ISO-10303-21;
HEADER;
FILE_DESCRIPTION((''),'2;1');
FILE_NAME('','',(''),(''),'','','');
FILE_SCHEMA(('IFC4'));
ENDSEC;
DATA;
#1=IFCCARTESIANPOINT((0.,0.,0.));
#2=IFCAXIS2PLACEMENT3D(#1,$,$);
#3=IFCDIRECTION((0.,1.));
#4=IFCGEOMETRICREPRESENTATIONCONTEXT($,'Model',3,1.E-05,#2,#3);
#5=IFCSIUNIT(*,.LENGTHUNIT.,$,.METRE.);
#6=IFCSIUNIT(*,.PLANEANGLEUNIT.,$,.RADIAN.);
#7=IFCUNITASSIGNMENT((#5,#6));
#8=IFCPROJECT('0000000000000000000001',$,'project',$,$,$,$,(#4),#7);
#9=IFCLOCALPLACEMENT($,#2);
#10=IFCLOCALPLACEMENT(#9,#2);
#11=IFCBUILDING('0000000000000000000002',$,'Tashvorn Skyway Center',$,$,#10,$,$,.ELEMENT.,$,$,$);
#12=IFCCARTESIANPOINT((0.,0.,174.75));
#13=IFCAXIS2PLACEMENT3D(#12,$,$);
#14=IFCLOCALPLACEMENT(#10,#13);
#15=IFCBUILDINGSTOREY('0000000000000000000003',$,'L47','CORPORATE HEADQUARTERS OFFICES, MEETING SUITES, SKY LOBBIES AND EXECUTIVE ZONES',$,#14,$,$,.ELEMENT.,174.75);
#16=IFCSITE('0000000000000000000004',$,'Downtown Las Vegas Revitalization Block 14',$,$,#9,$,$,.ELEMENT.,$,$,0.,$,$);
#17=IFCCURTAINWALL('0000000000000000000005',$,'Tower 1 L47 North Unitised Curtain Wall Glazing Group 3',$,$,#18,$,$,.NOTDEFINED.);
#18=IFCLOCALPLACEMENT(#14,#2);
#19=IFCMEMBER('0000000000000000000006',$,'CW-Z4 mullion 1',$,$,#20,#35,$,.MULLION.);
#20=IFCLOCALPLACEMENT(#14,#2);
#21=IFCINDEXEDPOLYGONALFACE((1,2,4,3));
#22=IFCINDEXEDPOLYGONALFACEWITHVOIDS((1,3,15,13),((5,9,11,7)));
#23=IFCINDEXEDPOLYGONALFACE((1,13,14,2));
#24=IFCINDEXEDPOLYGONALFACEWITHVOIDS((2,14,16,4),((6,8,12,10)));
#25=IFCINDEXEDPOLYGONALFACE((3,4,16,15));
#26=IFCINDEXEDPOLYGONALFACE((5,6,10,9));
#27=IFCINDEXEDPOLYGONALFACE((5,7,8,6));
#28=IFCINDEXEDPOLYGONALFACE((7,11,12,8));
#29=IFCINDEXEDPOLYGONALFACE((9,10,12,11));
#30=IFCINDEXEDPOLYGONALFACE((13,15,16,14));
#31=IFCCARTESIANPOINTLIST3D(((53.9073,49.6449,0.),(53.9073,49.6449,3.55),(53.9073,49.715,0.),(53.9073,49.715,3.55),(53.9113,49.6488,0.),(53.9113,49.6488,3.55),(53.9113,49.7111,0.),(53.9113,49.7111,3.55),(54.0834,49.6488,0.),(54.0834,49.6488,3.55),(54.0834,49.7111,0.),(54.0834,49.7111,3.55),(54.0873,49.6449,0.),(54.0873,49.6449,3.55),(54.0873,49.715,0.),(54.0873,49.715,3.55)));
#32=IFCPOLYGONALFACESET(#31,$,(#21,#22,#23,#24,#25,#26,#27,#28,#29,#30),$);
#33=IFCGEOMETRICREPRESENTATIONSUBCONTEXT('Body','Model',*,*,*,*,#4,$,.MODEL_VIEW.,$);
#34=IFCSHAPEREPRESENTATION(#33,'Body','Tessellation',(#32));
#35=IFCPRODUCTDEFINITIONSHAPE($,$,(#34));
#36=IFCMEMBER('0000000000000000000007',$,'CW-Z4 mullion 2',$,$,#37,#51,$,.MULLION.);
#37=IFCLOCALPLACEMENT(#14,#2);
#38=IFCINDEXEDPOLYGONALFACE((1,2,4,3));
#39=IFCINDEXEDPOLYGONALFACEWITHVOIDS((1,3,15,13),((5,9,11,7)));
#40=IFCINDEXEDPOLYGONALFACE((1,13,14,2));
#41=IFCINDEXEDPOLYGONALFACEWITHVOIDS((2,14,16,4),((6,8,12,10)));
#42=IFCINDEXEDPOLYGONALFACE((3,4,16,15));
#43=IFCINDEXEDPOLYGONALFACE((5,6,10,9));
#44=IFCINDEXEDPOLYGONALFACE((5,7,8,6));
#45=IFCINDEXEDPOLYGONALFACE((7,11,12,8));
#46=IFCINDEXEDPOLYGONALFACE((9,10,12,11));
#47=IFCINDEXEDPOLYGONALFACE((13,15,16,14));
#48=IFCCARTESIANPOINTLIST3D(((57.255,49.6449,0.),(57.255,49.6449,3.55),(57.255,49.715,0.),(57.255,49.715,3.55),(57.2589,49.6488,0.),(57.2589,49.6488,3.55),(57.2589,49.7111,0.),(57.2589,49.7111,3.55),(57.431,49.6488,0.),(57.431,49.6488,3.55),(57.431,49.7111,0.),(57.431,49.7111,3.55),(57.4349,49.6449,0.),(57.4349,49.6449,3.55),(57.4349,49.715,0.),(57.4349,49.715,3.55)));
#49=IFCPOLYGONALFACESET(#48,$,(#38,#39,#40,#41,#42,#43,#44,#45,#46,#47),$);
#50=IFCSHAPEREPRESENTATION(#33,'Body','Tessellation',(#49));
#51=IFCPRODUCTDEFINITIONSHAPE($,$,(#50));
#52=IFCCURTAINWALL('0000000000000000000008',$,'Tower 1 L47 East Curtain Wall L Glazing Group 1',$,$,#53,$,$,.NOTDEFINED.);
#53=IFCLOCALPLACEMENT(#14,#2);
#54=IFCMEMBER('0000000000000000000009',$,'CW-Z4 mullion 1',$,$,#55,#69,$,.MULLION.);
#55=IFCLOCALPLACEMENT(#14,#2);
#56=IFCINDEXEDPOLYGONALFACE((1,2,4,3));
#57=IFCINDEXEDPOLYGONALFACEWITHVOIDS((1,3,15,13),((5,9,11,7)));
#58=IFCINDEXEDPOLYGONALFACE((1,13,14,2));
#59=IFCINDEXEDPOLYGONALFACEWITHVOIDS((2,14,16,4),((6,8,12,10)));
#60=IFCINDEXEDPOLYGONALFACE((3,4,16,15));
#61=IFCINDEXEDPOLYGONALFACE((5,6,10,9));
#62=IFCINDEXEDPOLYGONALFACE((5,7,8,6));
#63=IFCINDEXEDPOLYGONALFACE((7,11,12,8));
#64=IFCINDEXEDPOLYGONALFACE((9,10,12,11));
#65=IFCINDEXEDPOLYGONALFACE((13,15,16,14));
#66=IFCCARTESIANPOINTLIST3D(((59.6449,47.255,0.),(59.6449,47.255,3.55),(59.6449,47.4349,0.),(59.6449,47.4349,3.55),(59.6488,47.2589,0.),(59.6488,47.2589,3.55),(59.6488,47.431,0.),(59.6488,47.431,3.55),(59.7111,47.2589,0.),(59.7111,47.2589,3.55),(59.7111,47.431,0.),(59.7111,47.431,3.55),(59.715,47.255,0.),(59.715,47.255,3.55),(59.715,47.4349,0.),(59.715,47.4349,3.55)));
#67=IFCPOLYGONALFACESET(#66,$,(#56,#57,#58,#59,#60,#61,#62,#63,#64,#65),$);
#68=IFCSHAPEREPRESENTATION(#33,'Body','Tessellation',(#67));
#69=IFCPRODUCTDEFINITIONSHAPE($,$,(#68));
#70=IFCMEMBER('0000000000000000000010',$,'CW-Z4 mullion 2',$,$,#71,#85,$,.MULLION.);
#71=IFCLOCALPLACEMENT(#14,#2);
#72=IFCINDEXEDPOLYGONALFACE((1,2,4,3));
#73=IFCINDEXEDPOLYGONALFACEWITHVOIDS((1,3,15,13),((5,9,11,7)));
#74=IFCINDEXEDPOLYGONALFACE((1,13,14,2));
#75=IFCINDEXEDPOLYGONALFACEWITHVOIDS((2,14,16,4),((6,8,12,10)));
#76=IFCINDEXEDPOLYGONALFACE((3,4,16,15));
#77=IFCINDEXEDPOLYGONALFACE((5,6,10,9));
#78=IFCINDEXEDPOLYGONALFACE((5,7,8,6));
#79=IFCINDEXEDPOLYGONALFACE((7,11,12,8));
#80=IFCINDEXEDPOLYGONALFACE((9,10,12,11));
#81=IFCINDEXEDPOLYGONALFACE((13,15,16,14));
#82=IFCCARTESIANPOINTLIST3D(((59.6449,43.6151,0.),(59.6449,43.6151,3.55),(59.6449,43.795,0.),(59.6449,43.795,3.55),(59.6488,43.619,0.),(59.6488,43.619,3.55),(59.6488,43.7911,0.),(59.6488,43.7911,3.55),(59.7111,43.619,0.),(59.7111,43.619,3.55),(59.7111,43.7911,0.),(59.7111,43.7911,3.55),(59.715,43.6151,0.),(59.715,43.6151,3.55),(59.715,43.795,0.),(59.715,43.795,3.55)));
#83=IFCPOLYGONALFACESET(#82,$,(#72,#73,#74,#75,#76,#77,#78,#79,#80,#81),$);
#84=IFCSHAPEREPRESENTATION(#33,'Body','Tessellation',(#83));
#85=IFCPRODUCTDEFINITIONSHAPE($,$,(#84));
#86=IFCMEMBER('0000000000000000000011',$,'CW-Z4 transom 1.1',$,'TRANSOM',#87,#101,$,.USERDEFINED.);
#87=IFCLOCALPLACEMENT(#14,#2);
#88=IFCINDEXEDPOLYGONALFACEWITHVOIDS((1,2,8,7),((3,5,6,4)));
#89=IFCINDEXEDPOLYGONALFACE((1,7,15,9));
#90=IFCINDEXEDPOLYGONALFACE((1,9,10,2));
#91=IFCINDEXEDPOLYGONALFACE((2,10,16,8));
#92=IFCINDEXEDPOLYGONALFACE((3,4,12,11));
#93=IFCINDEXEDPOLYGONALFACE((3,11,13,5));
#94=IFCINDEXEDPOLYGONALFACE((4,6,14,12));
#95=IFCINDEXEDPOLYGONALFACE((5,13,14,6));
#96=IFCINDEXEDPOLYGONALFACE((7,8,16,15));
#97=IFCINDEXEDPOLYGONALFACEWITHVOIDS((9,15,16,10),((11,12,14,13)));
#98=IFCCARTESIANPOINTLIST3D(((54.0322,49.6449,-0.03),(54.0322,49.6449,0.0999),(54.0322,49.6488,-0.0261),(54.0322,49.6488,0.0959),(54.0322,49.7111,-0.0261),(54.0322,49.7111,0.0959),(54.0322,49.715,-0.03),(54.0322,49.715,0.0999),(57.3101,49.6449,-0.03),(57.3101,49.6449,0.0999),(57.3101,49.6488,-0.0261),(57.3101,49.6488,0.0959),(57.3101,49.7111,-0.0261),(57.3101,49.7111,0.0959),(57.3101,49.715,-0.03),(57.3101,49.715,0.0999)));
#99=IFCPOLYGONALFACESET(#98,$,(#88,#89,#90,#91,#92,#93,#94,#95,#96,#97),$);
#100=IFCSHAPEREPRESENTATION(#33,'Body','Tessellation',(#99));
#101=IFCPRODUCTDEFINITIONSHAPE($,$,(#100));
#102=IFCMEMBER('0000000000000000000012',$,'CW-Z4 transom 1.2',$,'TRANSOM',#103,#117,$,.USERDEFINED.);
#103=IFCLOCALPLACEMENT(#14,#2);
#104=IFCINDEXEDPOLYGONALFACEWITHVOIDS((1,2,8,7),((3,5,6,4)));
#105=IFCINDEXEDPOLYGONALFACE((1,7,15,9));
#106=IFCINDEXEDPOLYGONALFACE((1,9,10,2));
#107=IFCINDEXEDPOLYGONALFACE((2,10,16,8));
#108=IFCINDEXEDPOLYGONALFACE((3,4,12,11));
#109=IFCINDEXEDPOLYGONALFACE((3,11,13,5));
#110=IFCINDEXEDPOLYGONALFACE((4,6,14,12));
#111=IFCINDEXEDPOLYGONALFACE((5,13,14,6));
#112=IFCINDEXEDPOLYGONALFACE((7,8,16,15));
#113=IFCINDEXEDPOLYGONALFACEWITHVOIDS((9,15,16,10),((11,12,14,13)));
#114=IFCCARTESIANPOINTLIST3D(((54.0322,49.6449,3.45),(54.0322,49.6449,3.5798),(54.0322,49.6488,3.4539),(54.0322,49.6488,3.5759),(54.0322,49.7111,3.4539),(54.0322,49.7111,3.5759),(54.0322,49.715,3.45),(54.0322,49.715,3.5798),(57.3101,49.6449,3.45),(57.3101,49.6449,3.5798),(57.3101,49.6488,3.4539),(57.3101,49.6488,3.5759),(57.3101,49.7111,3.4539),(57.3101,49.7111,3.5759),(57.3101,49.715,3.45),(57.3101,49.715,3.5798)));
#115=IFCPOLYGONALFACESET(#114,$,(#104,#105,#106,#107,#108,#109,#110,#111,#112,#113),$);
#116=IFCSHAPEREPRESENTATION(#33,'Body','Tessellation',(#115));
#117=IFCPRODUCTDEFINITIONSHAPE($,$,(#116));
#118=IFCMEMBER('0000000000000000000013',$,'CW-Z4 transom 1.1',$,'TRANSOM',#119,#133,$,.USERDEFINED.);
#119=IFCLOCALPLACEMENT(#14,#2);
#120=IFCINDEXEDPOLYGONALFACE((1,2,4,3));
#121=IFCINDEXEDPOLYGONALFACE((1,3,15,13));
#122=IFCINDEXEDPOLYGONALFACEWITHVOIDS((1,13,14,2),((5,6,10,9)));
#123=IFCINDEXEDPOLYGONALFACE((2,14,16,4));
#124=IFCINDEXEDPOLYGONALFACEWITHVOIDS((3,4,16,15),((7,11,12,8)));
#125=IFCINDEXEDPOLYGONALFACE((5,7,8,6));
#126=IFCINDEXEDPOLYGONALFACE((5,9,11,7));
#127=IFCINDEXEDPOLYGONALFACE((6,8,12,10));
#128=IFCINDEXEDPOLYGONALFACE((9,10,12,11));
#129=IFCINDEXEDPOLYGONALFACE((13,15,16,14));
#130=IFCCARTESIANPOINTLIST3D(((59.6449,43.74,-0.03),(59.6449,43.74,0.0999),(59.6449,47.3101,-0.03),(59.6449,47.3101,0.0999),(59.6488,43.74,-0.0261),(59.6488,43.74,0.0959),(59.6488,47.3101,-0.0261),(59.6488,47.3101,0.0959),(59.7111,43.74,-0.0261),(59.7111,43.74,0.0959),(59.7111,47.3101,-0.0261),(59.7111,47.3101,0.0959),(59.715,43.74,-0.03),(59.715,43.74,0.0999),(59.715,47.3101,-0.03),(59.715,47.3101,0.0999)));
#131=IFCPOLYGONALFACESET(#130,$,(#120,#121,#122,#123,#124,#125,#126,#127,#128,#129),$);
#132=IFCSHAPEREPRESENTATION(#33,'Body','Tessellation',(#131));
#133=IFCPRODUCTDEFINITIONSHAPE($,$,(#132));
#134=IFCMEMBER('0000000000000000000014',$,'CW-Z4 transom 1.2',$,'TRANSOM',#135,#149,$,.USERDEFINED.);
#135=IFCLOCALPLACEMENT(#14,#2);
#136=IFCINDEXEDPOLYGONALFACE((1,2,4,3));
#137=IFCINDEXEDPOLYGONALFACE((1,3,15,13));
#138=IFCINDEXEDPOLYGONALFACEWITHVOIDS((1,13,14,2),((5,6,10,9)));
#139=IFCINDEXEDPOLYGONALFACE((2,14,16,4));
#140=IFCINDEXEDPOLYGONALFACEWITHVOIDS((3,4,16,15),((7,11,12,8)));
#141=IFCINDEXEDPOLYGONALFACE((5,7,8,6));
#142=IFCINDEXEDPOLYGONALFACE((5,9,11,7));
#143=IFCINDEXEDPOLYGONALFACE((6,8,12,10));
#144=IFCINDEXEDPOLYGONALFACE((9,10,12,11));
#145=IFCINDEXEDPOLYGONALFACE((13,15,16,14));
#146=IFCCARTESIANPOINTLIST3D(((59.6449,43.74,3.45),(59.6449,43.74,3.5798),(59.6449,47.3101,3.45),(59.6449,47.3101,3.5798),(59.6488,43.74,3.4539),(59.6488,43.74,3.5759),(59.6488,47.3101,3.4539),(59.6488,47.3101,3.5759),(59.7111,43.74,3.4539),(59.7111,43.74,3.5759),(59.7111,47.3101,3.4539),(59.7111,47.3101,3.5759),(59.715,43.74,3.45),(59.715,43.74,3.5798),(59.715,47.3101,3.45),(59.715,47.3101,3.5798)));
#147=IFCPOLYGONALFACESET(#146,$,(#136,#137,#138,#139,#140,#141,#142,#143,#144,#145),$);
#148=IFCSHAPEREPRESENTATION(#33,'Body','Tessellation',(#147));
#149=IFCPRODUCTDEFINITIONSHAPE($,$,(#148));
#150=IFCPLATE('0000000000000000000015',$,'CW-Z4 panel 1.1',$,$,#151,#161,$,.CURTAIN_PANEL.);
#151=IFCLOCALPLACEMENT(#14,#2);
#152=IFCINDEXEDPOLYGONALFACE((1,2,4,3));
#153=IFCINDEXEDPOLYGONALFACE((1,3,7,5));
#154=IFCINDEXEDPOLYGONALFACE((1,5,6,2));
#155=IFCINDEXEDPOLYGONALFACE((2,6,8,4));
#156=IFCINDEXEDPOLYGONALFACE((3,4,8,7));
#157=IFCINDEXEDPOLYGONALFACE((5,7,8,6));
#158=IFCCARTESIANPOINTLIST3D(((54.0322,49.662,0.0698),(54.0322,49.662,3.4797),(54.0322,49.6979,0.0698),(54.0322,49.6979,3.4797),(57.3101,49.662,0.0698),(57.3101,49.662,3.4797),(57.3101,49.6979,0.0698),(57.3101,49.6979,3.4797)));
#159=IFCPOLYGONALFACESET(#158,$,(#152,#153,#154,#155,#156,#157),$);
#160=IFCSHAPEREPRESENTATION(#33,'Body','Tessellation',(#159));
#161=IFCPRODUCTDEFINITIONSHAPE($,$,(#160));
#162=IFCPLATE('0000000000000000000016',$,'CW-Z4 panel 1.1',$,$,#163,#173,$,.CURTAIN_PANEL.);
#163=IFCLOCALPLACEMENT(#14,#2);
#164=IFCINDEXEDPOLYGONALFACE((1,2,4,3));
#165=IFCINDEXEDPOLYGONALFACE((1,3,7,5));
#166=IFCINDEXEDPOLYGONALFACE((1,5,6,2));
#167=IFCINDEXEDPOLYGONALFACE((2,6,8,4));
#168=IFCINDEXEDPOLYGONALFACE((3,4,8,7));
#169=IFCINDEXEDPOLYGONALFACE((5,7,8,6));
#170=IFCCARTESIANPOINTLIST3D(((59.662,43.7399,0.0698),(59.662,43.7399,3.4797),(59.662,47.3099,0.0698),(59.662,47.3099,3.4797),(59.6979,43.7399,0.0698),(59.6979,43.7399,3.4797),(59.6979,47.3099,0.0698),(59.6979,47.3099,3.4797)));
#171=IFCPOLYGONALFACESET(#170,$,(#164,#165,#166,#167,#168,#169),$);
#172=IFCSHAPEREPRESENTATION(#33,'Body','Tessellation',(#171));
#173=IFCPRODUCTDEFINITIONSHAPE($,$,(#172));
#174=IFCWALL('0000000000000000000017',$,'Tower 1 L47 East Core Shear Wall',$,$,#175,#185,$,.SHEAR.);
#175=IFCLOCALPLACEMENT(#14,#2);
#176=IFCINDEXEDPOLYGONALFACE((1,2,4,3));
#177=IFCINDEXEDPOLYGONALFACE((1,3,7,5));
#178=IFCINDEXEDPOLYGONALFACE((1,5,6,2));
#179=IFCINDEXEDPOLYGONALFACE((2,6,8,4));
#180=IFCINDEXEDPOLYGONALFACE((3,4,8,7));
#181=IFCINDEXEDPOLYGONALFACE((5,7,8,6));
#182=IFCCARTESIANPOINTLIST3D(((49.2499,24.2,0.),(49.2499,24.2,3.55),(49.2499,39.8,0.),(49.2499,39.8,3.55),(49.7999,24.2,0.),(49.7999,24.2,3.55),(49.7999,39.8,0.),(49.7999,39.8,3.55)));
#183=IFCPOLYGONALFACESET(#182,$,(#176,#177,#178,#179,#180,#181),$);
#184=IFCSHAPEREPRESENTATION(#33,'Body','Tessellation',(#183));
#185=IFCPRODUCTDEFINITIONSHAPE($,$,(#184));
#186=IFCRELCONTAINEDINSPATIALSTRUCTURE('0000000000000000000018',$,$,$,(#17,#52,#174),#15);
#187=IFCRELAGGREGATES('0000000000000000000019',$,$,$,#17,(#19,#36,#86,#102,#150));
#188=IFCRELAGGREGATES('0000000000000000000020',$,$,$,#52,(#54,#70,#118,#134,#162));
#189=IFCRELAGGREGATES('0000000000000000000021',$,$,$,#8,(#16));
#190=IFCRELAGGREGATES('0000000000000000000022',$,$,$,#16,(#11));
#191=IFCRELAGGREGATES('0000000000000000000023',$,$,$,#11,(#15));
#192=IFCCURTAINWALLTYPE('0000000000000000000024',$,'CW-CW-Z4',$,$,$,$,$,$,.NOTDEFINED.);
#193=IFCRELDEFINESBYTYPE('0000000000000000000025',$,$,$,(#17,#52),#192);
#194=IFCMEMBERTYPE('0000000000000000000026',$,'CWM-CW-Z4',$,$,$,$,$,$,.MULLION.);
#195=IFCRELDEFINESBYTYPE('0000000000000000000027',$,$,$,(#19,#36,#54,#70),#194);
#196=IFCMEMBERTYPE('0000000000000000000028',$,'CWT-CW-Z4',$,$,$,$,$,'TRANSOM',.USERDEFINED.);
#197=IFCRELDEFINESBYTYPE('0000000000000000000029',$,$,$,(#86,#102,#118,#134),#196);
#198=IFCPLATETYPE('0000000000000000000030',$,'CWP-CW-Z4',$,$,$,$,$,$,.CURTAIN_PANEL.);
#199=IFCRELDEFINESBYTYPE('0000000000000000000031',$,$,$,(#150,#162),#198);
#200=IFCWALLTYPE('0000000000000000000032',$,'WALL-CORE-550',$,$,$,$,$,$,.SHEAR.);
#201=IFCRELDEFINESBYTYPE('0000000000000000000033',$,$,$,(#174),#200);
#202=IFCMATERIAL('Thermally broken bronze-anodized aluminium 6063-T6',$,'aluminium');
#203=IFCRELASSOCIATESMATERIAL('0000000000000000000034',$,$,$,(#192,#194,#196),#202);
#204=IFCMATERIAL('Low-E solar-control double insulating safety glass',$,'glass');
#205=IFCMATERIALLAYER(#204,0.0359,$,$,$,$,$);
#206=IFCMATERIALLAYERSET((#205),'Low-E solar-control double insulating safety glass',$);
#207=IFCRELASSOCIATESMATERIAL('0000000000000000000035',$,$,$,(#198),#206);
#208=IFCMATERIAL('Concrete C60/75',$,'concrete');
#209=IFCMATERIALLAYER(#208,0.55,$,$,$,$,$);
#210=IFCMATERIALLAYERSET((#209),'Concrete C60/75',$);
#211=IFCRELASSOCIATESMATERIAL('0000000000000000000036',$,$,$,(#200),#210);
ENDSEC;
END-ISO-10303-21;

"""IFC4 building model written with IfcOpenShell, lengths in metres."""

from ifc_helpers import new_model, si_unit, direction, frame, frame_2d, origin, origin_2d, place, context, subcontext, project, spatial, rectangle, hollow_rectangle, extrude, material, layer, layer_set, material_profile, profile_set, type_object, element, aggregate, save


model = new_model("IFC4")

# Units and contexts
model_context = context("Model", 3, precision=1e-05, world=origin(), true_north=direction((0.0, 1.0)))
body_context = subcontext(model_context, "Body", "Model", "MODEL_VIEW")
ifc_project = project(units=[si_unit("LENGTHUNIT", "METRE"), si_unit("PLANEANGLEUNIT", "RADIAN")], contexts=[model_context])

# Site, building, storey
site_placement = place(None, origin())
site = spatial("IfcSite", under=ifc_project, at=site_placement, Name="Downtown Las Vegas Revitalization Block 14", CompositionType="ELEMENT", RefElevation=0.0)
building_placement = place(site_placement, origin())
building = spatial("IfcBuilding", under=site, at=building_placement, Name="Tashvorn Skyway Center", CompositionType="ELEMENT")
storey_placement = place(building_placement, frame((0.0, 0.0, 174.75)))
storey = spatial("IfcBuildingStorey", under=building, at=storey_placement, Name="L47", Description="CORPORATE HEADQUARTERS OFFICES, MEETING SUITES, SKY LOBBIES AND EXECUTIVE ZONES", CompositionType="ELEMENT", Elevation=174.75)

# Curtain walls, members
ifc_material_1 = material(Name="Thermally broken bronze-anodized aluminium 6063-T6", Category="aluminium")
curtain_wall_type = type_object("IfcCurtainWallType", Name="CW-CW-Z4", PredefinedType="NOTDEFINED", material=ifc_material_1)
curtain_wall_1_placement = place(storey_placement, origin())
curtain_wall_1 = element("IfcCurtainWall", 1, at=curtain_wall_1_placement, inside=storey, type_object=curtain_wall_type, Name="Tower 1 L47 North Unitised Curtain Wall Glazing Group 3", PredefinedType="NOTDEFINED")
ifc_material_profile_1 = material_profile(ifc_material_1, hollow_rectangle(XDim=0.0701, YDim=0.1799, WallThickness=0.0039, at=origin_2d()), Name="ALU-MULL-70x180")
ifc_profile_set_1 = profile_set([ifc_material_profile_1], Name="Thermally broken bronze-anodized aluminium 6063-T6")
member_type_1 = type_object("IfcMemberType", Name="CWM-CW-Z4", PredefinedType="MULLION", material=ifc_profile_set_1)
member_1_placement = place(storey_placement, frame((53.9973, 49.6799, 0.0), z_axis=(0.0, 0.0, 1.0), x_axis=(0.0, 1.0, 0.0)))
member_1 = element("IfcMember", 2, at=member_1_placement, type_object=member_type_1, Name="CW-Z4 mullion 1", PredefinedType="MULLION", context=body_context, shape_type="SweptSolid", body=[
    extrude(hollow_rectangle(XDim=0.0701, YDim=0.1799, WallThickness=0.0039, at=origin_2d()), origin(), (0.0, 0.0, 1.0), 3.55),
])
member_2_placement = place(storey_placement, frame((57.345, 49.6799, 0.0), z_axis=(0.0, 0.0, 1.0), x_axis=(0.0, 1.0, 0.0)))
member_2 = element("IfcMember", 3, at=member_2_placement, type_object=member_type_1, Name="CW-Z4 mullion 2", PredefinedType="MULLION", context=body_context, shape_type="SweptSolid", body=[
    extrude(hollow_rectangle(XDim=0.0701, YDim=0.1799, WallThickness=0.0039, at=origin_2d()), origin(), (0.0, 0.0, 1.0), 3.55),
])
curtain_wall_2_placement = place(storey_placement, origin())
curtain_wall_2 = element("IfcCurtainWall", 4, at=curtain_wall_2_placement, inside=storey, type_object=curtain_wall_type, Name="Tower 1 L47 East Curtain Wall L Glazing Group 1", PredefinedType="NOTDEFINED")
member_3_placement = place(storey_placement, frame((59.6799, 47.345, 0.0), z_axis=(0.0, 0.0, 1.0), x_axis=(1.0, 0.0, 0.0)))
member_3 = element("IfcMember", 5, at=member_3_placement, type_object=member_type_1, Name="CW-Z4 mullion 1", PredefinedType="MULLION", context=body_context, shape_type="SweptSolid", body=[
    extrude(hollow_rectangle(XDim=0.0701, YDim=0.1799, WallThickness=0.0039, at=origin_2d()), origin(), (0.0, 0.0, 1.0), 3.55),
])
member_4_placement = place(storey_placement, frame((59.6799, 43.7051, 0.0), z_axis=(0.0, 0.0, 1.0), x_axis=(1.0, 0.0, 0.0)))
member_4 = element("IfcMember", 6, at=member_4_placement, type_object=member_type_1, Name="CW-Z4 mullion 2", PredefinedType="MULLION", context=body_context, shape_type="SweptSolid", body=[
    extrude(hollow_rectangle(XDim=0.0701, YDim=0.1799, WallThickness=0.0039, at=origin_2d()), origin(), (0.0, 0.0, 1.0), 3.55),
])

# Members
ifc_material_profile_2 = material_profile(ifc_material_1, hollow_rectangle(XDim=0.0701, YDim=0.1299, WallThickness=0.0039, at=origin_2d()), Name="ALU-TRAN-70x130")
ifc_profile_set_2 = profile_set([ifc_material_profile_2], Name="Thermally broken bronze-anodized aluminium 6063-T6")
member_type_2 = type_object("IfcMemberType", Name="CWT-CW-Z4", ElementType="TRANSOM", PredefinedType="USERDEFINED", material=ifc_profile_set_2)
member_5_placement = place(storey_placement, frame((54.0322, 49.6799, 0.0349), z_axis=(1.0, 0.0, 0.0), x_axis=(0.0, 1.0, 0.0)))
member_5 = element("IfcMember", 7, at=member_5_placement, type_object=member_type_2, Name="CW-Z4 transom 1.1", ObjectType="TRANSOM", PredefinedType="USERDEFINED", context=body_context, shape_type="SweptSolid", body=[
    extrude(hollow_rectangle(XDim=0.0701, YDim=0.1299, WallThickness=0.0039, at=origin_2d()), origin(), (0.0, 0.0, 1.0), 3.2778),
])
member_6_placement = place(storey_placement, frame((54.0322, 49.6799, 3.5149), z_axis=(1.0, 0.0, 0.0), x_axis=(0.0, 1.0, 0.0)))
member_6 = element("IfcMember", 8, at=member_6_placement, type_object=member_type_2, Name="CW-Z4 transom 1.2", ObjectType="TRANSOM", PredefinedType="USERDEFINED", context=body_context, shape_type="SweptSolid", body=[
    extrude(hollow_rectangle(XDim=0.0701, YDim=0.1299, WallThickness=0.0039, at=origin_2d()), origin(), (0.0, 0.0, 1.0), 3.2778),
])
member_7_placement = place(storey_placement, frame((59.6799, 47.3101, 0.0349), z_axis=(0.0, -1.0, 0.0), x_axis=(1.0, 0.0, 0.0)))
member_7 = element("IfcMember", 9, at=member_7_placement, type_object=member_type_2, Name="CW-Z4 transom 1.1", ObjectType="TRANSOM", PredefinedType="USERDEFINED", context=body_context, shape_type="SweptSolid", body=[
    extrude(hollow_rectangle(XDim=0.0701, YDim=0.1299, WallThickness=0.0039, at=origin_2d()), origin(), (0.0, 0.0, 1.0), 3.5701),
])
member_8_placement = place(storey_placement, frame((59.6799, 47.3101, 3.5149), z_axis=(0.0, -1.0, 0.0), x_axis=(1.0, 0.0, 0.0)))
member_8 = element("IfcMember", 10, at=member_8_placement, type_object=member_type_2, Name="CW-Z4 transom 1.2", ObjectType="TRANSOM", PredefinedType="USERDEFINED", context=body_context, shape_type="SweptSolid", body=[
    extrude(hollow_rectangle(XDim=0.0701, YDim=0.1299, WallThickness=0.0039, at=origin_2d()), origin(), (0.0, 0.0, 1.0), 3.5701),
])

# Plates
ifc_material_2 = material(Name="Low-E solar-control double insulating safety glass", Category="glass")
ifc_layer_1 = layer(ifc_material_2, 0.0359)
ifc_layer_set_1 = layer_set([ifc_layer_1], Name="Low-E solar-control double insulating safety glass")
plate_type = type_object("IfcPlateType", Name="CWP-CW-Z4", PredefinedType="CURTAIN_PANEL", material=ifc_layer_set_1)
plate_1_placement = place(storey_placement, frame((55.6711, 49.6799, 0.0698), z_axis=(0.0, 0.0, 1.0), x_axis=(1.0, 0.0, 0.0)))
plate_1 = element("IfcPlate", 11, at=plate_1_placement, type_object=plate_type, Name="CW-Z4 panel 1.1", PredefinedType="CURTAIN_PANEL", context=body_context, shape_type="SweptSolid", body=[
    extrude(rectangle(XDim=3.2778, YDim=0.0359, at=origin_2d()), origin(), (0.0, 0.0, 1.0), 3.4099),
])
aggregate(curtain_wall_1, [member_1, member_2, member_5, member_6, plate_1])
plate_2_placement = place(storey_placement, frame((59.6799, 45.5249, 0.0698), z_axis=(0.0, 0.0, 1.0), x_axis=(0.0, -1.0, 0.0)))
plate_2 = element("IfcPlate", 12, at=plate_2_placement, type_object=plate_type, Name="CW-Z4 panel 1.1", PredefinedType="CURTAIN_PANEL", context=body_context, shape_type="SweptSolid", body=[
    extrude(rectangle(XDim=3.5701, YDim=0.0359, at=origin_2d()), origin(), (0.0, 0.0, 1.0), 3.4099),
])
aggregate(curtain_wall_2, [member_3, member_4, member_7, member_8, plate_2])

# Wall
ifc_material_3 = material(Name="Concrete C60/75", Category="concrete")
ifc_layer_2 = layer(ifc_material_3, 0.55)
ifc_layer_set_2 = layer_set([ifc_layer_2], Name="Concrete C60/75")
wall_type_1 = type_object("IfcWallType", Name="WALL-CORE-550", PredefinedType="SHEAR", material=ifc_layer_set_2)
wall_1_placement = place(storey_placement, frame((49.5249, 39.8, 0.0), z_axis=(0.0, 0.0, 1.0), x_axis=(0.0, -1.0, 0.0)))
element("IfcWall", 13, at=wall_1_placement, inside=storey, type_object=wall_type_1, Name="Tower 1 L47 East Core Shear Wall", PredefinedType="SHEAR", context=body_context, shape_type="SweptSolid", body=[
    extrude(rectangle(XDim=15.6001, YDim=0.55, at=frame_2d((7.8, 0.0))), origin(), (0.0, 0.0, 1.0), 3.55),
])

save(model, "model.ifc")
